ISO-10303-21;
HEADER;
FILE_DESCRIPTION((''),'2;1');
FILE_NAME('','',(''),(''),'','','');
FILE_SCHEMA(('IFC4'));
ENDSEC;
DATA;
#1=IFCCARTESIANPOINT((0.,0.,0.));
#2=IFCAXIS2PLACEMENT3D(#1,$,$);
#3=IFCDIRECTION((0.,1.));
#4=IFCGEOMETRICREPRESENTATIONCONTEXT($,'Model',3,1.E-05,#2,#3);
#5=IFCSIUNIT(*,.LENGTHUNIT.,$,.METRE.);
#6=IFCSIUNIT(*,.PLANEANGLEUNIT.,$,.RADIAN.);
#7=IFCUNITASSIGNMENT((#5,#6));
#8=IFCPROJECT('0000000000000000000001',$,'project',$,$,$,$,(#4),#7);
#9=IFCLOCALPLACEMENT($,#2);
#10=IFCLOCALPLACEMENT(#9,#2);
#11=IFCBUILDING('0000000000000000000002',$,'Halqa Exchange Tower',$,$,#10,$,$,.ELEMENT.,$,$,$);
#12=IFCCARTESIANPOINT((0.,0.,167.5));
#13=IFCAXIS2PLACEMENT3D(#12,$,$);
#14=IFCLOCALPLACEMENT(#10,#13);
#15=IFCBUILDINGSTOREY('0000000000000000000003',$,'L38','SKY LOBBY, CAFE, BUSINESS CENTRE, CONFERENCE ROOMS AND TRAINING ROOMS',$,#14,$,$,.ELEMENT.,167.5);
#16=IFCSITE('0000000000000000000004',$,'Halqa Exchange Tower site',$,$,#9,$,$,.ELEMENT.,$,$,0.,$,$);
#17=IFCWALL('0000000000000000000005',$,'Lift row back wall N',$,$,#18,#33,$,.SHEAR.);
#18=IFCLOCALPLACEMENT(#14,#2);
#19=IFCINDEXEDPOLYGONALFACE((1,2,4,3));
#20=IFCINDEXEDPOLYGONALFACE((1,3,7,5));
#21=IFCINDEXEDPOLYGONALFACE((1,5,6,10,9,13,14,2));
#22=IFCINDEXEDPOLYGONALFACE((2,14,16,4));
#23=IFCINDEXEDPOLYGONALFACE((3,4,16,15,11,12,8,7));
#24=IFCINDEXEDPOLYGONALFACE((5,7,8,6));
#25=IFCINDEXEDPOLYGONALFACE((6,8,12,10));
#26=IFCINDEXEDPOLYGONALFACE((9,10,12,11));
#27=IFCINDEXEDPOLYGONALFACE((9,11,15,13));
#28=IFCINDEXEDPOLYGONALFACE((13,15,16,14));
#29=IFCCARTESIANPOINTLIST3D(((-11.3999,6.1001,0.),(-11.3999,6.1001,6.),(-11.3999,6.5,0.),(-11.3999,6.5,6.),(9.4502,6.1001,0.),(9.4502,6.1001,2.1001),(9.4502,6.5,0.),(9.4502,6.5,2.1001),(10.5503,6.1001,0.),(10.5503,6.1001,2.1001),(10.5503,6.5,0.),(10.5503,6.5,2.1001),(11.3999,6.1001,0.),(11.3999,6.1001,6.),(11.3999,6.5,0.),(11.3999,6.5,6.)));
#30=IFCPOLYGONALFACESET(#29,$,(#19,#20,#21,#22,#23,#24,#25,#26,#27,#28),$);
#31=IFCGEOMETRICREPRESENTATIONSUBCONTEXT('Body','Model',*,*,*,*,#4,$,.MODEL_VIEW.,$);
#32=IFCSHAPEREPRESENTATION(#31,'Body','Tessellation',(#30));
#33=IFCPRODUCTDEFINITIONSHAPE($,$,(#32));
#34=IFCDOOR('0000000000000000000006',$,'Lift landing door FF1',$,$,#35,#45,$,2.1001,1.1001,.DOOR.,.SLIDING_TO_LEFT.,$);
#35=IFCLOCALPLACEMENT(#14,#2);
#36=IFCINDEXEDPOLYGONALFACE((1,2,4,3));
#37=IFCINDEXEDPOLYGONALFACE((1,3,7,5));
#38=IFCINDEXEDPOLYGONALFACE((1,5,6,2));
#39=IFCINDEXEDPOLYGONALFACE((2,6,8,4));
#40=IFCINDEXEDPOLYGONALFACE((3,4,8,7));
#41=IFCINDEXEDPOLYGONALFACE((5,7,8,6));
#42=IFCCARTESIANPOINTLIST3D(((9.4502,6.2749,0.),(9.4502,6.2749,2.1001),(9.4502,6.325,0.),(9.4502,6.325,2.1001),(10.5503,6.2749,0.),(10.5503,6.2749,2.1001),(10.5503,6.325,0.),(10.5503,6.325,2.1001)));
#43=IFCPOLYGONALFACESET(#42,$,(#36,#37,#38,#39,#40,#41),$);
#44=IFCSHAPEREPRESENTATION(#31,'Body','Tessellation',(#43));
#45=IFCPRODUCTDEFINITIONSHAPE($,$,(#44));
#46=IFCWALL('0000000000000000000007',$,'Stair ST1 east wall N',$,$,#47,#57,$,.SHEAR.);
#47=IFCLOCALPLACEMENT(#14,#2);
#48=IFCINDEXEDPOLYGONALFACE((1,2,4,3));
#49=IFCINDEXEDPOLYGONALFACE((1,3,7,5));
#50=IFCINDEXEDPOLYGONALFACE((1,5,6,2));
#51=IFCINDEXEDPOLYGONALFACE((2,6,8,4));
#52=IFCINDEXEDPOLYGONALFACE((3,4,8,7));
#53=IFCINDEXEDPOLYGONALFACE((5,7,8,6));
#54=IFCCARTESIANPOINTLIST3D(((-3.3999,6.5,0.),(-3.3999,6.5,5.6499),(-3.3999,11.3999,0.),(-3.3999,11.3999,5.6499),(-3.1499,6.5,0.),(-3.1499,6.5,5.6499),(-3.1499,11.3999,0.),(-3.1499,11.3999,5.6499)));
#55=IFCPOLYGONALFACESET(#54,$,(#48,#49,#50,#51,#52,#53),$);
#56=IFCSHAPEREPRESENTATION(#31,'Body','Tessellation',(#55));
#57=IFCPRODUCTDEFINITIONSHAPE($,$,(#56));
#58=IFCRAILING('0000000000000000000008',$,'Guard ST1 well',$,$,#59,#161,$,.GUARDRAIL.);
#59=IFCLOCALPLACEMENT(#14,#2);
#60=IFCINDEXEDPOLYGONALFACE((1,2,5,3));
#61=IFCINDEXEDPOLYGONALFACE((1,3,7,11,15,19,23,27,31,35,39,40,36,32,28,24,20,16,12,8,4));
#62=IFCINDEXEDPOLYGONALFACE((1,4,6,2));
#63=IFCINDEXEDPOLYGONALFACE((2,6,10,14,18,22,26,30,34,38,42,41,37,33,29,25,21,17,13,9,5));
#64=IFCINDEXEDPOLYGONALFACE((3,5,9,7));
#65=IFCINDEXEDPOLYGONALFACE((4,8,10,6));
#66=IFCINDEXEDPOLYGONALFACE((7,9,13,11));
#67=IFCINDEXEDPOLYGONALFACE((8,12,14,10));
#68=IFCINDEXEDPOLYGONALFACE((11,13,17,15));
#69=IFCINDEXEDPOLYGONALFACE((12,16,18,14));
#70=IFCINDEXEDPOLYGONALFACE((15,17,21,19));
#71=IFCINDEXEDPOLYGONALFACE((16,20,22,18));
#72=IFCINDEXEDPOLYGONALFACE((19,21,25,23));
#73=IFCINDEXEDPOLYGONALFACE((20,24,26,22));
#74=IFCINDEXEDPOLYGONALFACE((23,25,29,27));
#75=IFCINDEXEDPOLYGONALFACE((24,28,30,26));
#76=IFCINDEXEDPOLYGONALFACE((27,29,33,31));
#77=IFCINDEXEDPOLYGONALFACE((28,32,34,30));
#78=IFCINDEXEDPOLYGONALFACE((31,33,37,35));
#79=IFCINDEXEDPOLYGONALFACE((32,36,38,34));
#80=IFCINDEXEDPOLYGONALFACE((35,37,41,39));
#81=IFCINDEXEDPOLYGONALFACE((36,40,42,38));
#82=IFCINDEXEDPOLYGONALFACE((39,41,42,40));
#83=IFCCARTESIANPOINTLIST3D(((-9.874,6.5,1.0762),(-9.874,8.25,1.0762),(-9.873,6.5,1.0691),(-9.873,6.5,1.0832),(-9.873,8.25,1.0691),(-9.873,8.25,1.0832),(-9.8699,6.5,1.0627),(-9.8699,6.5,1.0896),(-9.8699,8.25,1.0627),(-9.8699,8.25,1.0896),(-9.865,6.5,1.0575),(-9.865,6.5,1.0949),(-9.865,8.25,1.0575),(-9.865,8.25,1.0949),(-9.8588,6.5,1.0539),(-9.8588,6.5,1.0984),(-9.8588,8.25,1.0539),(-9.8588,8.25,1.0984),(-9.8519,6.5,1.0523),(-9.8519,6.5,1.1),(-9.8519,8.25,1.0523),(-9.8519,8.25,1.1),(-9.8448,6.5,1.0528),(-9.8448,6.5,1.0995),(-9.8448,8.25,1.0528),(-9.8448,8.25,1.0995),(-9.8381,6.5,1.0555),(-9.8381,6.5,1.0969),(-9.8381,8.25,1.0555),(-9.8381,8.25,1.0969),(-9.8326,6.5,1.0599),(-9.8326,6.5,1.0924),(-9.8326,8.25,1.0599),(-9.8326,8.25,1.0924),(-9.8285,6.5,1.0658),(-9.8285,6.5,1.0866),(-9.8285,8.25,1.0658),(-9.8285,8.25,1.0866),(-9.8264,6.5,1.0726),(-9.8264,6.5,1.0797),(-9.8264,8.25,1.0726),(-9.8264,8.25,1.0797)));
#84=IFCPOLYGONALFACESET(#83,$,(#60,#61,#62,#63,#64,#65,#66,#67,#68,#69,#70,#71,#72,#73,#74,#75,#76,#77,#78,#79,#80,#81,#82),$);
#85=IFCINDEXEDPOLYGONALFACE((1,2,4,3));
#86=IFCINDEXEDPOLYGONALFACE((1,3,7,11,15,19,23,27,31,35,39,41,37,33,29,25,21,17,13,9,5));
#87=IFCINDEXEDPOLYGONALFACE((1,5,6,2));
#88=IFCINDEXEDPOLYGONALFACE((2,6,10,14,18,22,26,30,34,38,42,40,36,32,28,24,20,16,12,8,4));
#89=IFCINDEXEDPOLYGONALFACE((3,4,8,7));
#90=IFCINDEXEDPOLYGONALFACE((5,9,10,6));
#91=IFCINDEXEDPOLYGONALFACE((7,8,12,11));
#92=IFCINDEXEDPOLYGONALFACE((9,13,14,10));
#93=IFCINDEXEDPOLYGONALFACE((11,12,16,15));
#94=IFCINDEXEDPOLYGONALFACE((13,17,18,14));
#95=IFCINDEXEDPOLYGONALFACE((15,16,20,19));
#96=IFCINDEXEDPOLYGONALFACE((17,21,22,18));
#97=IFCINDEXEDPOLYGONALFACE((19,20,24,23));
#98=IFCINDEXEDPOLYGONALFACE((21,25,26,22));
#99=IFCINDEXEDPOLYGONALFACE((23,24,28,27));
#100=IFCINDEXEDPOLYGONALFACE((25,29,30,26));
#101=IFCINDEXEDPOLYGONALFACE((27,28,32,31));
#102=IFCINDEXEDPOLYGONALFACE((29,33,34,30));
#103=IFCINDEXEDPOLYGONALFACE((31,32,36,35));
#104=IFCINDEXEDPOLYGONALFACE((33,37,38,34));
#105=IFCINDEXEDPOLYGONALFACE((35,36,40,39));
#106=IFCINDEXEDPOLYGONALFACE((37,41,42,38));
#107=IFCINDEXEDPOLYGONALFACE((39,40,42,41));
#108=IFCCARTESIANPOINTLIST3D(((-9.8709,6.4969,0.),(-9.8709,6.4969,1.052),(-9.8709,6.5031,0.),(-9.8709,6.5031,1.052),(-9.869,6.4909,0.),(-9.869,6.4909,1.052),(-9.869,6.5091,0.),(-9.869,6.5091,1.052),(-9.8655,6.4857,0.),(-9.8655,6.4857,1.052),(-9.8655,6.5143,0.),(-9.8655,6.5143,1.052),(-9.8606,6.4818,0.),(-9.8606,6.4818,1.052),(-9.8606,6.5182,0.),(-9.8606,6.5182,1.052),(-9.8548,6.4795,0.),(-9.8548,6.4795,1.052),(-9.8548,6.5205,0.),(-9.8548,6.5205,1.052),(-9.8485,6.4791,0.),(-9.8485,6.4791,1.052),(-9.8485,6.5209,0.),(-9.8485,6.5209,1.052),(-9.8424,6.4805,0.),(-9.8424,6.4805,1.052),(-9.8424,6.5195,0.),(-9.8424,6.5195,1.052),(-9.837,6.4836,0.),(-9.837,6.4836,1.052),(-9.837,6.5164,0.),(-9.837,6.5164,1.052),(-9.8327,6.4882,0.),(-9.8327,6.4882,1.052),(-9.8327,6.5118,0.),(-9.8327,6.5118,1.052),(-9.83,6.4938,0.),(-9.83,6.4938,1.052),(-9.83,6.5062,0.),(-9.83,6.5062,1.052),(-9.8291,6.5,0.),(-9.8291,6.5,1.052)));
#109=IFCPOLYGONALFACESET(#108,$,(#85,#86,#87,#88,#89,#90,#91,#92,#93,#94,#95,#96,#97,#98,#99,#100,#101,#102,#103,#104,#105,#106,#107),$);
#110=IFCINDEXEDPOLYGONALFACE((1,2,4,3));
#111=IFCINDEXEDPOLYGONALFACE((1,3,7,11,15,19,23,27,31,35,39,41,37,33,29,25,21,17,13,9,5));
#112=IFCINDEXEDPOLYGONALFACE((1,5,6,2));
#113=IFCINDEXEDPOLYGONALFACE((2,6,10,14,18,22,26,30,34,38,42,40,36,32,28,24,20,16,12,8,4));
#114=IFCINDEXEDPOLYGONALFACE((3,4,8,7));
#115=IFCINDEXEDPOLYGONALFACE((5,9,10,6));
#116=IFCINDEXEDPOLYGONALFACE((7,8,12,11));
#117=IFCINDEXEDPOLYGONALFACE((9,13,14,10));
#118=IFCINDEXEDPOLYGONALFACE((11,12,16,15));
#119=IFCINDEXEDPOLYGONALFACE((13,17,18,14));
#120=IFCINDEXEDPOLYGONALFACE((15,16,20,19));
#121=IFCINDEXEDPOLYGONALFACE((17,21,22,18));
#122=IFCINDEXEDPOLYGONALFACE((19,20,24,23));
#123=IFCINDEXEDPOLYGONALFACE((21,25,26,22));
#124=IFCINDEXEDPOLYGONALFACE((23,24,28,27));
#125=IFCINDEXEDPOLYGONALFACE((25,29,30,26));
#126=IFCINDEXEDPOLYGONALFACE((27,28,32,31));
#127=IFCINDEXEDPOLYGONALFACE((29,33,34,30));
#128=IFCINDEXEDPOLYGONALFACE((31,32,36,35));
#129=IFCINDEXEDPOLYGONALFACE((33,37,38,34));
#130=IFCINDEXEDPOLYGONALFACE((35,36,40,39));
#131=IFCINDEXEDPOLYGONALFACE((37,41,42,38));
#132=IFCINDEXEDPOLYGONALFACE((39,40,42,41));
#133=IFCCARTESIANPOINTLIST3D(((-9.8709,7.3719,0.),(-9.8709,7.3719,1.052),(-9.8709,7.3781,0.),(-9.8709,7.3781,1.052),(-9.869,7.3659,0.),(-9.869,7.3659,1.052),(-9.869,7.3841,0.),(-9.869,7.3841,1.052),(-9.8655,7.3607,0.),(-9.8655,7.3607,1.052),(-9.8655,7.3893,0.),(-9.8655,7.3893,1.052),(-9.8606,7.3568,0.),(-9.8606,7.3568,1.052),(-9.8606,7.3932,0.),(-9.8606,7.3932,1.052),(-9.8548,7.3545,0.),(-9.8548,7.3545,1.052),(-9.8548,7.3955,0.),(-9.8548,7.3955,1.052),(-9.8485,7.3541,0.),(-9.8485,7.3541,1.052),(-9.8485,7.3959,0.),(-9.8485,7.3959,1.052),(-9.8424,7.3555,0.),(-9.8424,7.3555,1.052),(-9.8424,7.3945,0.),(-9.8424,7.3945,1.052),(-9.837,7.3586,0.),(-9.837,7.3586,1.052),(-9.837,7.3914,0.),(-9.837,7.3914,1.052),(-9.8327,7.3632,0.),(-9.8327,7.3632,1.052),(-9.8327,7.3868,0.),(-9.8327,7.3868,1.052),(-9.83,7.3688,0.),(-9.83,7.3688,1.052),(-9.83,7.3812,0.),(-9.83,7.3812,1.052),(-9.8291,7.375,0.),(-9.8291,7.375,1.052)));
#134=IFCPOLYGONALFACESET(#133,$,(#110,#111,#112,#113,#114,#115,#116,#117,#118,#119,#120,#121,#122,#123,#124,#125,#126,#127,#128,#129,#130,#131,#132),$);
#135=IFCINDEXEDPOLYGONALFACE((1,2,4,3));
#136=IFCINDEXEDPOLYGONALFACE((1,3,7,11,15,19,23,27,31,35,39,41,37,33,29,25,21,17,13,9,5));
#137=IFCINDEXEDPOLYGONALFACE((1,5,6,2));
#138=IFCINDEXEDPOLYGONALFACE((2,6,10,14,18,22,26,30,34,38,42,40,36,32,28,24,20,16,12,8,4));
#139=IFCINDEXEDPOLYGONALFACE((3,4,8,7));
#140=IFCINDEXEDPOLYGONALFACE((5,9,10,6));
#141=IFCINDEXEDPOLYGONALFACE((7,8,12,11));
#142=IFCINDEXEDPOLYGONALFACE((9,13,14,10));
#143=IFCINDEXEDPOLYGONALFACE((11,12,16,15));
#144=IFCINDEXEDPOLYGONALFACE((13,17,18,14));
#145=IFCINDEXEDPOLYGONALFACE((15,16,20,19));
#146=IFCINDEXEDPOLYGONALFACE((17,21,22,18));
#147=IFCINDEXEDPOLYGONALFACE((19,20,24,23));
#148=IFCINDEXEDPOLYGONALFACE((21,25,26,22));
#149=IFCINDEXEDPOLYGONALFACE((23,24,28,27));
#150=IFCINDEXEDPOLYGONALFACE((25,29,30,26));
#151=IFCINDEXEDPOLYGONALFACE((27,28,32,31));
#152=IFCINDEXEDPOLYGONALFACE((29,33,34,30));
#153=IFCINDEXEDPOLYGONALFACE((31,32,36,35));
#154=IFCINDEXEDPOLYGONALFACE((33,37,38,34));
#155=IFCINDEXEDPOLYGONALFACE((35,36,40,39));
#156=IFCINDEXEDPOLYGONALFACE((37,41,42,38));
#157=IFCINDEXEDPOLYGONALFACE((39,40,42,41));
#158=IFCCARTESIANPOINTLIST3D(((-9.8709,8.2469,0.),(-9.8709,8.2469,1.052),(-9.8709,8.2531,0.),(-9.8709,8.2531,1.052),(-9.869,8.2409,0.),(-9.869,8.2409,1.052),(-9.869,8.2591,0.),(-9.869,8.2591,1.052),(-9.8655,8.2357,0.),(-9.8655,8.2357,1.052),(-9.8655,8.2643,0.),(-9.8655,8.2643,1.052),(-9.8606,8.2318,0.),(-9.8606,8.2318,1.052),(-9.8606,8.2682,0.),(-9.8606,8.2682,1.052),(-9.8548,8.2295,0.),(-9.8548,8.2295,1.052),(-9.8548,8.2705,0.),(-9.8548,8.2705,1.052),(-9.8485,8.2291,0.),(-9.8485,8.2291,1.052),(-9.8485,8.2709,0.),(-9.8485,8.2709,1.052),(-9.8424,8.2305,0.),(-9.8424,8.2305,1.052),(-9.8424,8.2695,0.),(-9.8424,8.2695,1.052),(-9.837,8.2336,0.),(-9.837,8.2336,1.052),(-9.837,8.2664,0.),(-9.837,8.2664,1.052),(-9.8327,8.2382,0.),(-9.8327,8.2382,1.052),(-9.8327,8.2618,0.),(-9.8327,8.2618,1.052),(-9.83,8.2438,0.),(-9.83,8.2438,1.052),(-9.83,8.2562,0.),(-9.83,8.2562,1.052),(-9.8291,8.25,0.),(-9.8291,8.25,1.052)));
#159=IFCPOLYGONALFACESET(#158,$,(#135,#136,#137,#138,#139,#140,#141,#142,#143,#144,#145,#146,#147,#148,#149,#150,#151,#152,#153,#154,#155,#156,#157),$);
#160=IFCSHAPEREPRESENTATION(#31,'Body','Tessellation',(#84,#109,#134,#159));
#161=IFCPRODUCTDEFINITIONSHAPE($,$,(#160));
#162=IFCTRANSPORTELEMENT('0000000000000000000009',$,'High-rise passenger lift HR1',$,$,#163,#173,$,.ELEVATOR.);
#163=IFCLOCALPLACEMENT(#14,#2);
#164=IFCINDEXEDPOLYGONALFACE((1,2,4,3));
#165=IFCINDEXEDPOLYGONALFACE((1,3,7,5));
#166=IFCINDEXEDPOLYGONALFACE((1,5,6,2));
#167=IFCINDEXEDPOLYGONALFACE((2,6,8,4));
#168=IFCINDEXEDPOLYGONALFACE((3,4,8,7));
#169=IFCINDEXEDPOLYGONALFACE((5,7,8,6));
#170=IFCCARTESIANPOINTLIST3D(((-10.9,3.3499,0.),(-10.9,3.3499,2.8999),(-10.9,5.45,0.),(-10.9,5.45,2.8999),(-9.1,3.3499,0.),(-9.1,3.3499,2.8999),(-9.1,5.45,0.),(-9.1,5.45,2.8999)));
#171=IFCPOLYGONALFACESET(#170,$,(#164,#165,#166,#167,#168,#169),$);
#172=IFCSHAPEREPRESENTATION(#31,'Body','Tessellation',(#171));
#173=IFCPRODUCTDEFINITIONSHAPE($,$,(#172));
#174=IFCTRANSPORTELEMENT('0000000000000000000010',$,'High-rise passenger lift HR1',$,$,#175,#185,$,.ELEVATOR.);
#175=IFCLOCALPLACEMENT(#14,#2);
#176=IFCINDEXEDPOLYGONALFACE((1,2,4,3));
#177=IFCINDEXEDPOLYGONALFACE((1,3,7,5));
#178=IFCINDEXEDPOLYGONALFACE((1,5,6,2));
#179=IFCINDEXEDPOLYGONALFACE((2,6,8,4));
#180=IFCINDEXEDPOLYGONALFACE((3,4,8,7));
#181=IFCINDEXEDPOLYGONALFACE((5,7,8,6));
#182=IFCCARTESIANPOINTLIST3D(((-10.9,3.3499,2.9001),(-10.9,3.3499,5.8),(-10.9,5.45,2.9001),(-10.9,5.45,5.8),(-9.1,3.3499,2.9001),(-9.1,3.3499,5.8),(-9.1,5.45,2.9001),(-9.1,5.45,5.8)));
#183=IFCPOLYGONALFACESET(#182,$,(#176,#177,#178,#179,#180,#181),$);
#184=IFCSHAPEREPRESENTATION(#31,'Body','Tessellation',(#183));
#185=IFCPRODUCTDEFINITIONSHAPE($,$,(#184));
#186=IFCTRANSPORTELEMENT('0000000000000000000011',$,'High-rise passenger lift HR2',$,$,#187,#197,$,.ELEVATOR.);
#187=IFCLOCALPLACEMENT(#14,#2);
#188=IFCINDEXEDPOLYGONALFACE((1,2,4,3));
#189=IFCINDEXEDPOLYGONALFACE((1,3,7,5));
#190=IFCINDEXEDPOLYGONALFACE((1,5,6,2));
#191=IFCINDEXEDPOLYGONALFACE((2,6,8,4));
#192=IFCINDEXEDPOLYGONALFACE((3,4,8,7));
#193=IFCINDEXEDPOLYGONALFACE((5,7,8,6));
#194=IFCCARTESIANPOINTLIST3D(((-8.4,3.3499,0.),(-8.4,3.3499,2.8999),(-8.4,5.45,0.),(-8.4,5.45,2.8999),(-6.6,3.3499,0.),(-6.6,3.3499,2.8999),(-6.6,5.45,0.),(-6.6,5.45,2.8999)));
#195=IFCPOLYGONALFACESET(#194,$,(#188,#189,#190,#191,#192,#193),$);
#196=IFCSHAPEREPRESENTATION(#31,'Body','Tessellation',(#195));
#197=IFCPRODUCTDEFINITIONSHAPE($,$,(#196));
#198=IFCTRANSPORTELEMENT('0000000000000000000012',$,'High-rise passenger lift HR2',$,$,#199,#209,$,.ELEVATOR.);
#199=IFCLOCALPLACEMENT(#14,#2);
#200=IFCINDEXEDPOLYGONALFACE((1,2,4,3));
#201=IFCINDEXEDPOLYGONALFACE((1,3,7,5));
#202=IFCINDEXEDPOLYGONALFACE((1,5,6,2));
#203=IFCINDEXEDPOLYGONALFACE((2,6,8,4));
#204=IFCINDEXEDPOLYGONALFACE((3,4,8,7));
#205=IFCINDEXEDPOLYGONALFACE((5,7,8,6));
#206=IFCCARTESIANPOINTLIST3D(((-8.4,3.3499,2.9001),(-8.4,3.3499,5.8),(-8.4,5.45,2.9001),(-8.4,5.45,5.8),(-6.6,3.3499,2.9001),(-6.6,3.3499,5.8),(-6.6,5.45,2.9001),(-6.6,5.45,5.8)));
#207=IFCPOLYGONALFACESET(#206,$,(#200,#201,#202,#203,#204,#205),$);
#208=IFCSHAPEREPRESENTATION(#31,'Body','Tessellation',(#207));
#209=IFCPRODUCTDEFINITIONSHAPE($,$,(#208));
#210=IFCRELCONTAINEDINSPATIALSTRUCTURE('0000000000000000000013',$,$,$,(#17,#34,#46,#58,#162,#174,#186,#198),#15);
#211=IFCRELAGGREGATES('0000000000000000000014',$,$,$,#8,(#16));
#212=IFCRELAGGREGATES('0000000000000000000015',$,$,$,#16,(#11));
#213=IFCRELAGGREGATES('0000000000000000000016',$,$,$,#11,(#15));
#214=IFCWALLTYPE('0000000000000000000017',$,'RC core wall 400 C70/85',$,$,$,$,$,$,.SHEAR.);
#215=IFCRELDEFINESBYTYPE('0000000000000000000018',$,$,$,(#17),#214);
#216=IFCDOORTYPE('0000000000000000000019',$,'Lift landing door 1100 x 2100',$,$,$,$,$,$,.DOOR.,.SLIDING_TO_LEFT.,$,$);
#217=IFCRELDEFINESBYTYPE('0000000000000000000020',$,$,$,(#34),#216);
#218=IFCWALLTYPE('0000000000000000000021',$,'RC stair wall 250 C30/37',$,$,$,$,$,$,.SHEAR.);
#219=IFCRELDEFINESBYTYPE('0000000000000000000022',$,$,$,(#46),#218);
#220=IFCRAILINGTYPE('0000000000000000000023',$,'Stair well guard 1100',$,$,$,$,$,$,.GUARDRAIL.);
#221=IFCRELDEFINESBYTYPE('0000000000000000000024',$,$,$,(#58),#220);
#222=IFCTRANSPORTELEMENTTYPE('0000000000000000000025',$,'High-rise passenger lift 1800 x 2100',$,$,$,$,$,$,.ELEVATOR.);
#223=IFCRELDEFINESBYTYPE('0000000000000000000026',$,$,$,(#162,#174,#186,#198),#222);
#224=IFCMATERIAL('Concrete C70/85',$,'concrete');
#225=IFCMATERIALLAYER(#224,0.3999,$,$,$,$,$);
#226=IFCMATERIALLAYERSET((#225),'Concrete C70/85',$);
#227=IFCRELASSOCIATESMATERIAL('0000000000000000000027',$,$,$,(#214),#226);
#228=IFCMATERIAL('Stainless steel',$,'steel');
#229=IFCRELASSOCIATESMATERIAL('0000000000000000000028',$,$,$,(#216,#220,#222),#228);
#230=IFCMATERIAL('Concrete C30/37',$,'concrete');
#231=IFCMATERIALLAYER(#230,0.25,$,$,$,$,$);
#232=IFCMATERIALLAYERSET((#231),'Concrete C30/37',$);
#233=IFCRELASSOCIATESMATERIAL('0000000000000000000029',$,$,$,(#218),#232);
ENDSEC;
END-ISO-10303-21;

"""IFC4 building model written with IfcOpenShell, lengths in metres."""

from ifc_helpers import new_model, si_unit, direction, frame, frame_2d, origin, origin_2d, place, context, subcontext, project, spatial, rectangle, circle, extrude, material, layer, layer_set, type_object, element, fill, save


model = new_model("IFC4")

# Units and contexts
model_context = context("Model", 3, precision=1e-05, world=origin(), true_north=direction((0.0, 1.0)))
body_context = subcontext(model_context, "Body", "Model", "MODEL_VIEW")
ifc_project = project(units=[si_unit("LENGTHUNIT", "METRE"), si_unit("PLANEANGLEUNIT", "RADIAN")], contexts=[model_context])

# Site, building, storey
site_placement = place(None, origin())
site = spatial("IfcSite", under=ifc_project, at=site_placement, Name="Halqa Exchange Tower site", CompositionType="ELEMENT", RefElevation=0.0)
building_placement = place(site_placement, origin())
building = spatial("IfcBuilding", under=site, at=building_placement, Name="Halqa Exchange Tower", CompositionType="ELEMENT")
storey_placement = place(building_placement, frame((0.0, 0.0, 167.5)))
storey = spatial("IfcBuildingStorey", under=building, at=storey_placement, Name="L38", Description="SKY LOBBY, CAFE, BUSINESS CENTRE, CONFERENCE ROOMS AND TRAINING ROOMS", CompositionType="ELEMENT", Elevation=167.5)

# Shared definitions
ifc_material_1 = material(Name="Concrete C70/85", Category="concrete")
ifc_layer_1 = layer(ifc_material_1, 0.3999)
ifc_layer_set_1 = layer_set([ifc_layer_1], Name="Concrete C70/85")
wall_type_1 = type_object("IfcWallType", Name="RC core wall 400 C70/85", PredefinedType="SHEAR", material=ifc_layer_set_1)
ifc_material_2 = material(Name="Stainless steel", Category="steel")
door_type = type_object("IfcDoorType", Name="Lift landing door 1100 x 2100", OperationType="SLIDING_TO_LEFT", PredefinedType="DOOR", material=ifc_material_2)

# Wall, opening, door
wall_1_placement = place(storey_placement, frame((-11.3999, 6.3, 0.0), z_axis=(0.0, 0.0, 1.0), x_axis=(1.0, 0.0, 0.0)))
wall_1 = element("IfcWall", 1, at=wall_1_placement, inside=storey, type_object=wall_type_1, Name="Lift row back wall N", PredefinedType="SHEAR", context=body_context, shape_type="SweptSolid", body=[
    extrude(rectangle(XDim=22.7998, YDim=0.3999, at=frame_2d((11.3999, 0.0))), origin(), (0.0, 0.0, 1.0), 6.0),
])
opening_1_placement = place(wall_1_placement, frame((20.8501, 0.0, 0.0)))
opening_1 = element("IfcOpeningElement", 2, at=opening_1_placement, cuts=wall_1, PredefinedType="OPENING", context=body_context, shape_type="SweptSolid", body=[
    extrude(rectangle(XDim=1.1001, YDim=2.1001, at=frame_2d((0.55, 1.05))), frame((0.0, 0.2119, 0.0), z_axis=(0.0, -1.0, 0.0), x_axis=(1.0, 0.0, 0.0)), (0.0, 0.0, 1.0), 0.4238),
])
door_1_placement = place(opening_1_placement, origin())
door_1 = element("IfcDoor", 3, at=door_1_placement, inside=storey, type_object=door_type, Name="Lift landing door FF1", OperationType="SLIDING_TO_LEFT", OverallHeight=2.1001, OverallWidth=1.1001, PredefinedType="DOOR", context=body_context, shape_type="SweptSolid", body=[
    extrude(rectangle(XDim=1.1001, YDim=2.1001, at=frame_2d((0.55, 1.05))), frame((0.0, 0.0249, 0.0), z_axis=(0.0, -1.0, 0.0), x_axis=(1.0, 0.0, 0.0)), (0.0, 0.0, 1.0), 0.05),
])
fill(opening_1, door_1)

# Wall
ifc_material_3 = material(Name="Concrete C30/37", Category="concrete")
ifc_layer_2 = layer(ifc_material_3, 0.25)
ifc_layer_set_2 = layer_set([ifc_layer_2], Name="Concrete C30/37")
wall_type_2 = type_object("IfcWallType", Name="RC stair wall 250 C30/37", PredefinedType="SHEAR", material=ifc_layer_set_2)
wall_2_placement = place(storey_placement, frame((-3.2749, 6.5, 0.0), z_axis=(0.0, 0.0, 1.0), x_axis=(0.0, 1.0, 0.0)))
element("IfcWall", 4, at=wall_2_placement, inside=storey, type_object=wall_type_2, Name="Stair ST1 east wall N", PredefinedType="SHEAR", context=body_context, shape_type="SweptSolid", body=[
    extrude(rectangle(XDim=4.8999, YDim=0.25, at=frame_2d((2.45, 0.0))), origin(), (0.0, 0.0, 1.0), 5.6499),
])

# Railing
railing_type = type_object("IfcRailingType", Name="Stair well guard 1100", PredefinedType="GUARDRAIL", material=ifc_material_2)
railing_placement = place(storey_placement, frame((-9.8501, 6.5, 0.0)))
element("IfcRailing", 5, at=railing_placement, inside=storey, type_object=railing_type, Name="Guard ST1 well", PredefinedType="GUARDRAIL", context=body_context, shape_type="SweptSolid", body=[
    extrude(circle(Radius=0.0239, at=origin_2d()), frame((0.0, 0.0, 1.0762), z_axis=(0.0, 1.0, 0.0), x_axis=(-1.0, 0.0, 0.0)), (0.0, 0.0, 1.0), 1.75),
    extrude(circle(Radius=0.021, at=origin_2d()), origin(), (0.0, 0.0, 1.0), 1.052),
    extrude(circle(Radius=0.021, at=origin_2d()), frame((0.0, 0.875, 0.0)), (0.0, 0.0, 1.0), 1.052),
    extrude(circle(Radius=0.021, at=origin_2d()), frame((0.0, 1.75, 0.0)), (0.0, 0.0, 1.0), 1.052),
])

# Transport elements
transport_element_type_1 = type_object("IfcTransportElementType", Name="High-rise passenger lift 1800 x 2100", PredefinedType="ELEVATOR", material=ifc_material_2)
for number, where, z_axis, x_axis, name in (
    (6, (-10.0, 4.3999, 0.0), (0.0, 0.0, 1.0), (1.0, 0.0, 0.0), "High-rise passenger lift HR1"),
    (7, (-10.0, 4.3999, 2.9001), (0.0, 0.0, 1.0), (1.0, 0.0, 0.0), "High-rise passenger lift HR1"),
    (8, (-7.5, 4.3999, 0.0), (0.0, 0.0, 1.0), (1.0, 0.0, 0.0), "High-rise passenger lift HR2"),
    (9, (-7.5, 4.3999, 2.9001), (0.0, 0.0, 1.0), (1.0, 0.0, 0.0), "High-rise passenger lift HR2"),
):
    element("IfcTransportElement", number, at=place(storey_placement, frame(where, z_axis=z_axis, x_axis=x_axis)), inside=storey, type_object=transport_element_type_1, Name=name, PredefinedType="ELEVATOR", context=body_context, shape_type="SweptSolid", body=[
        extrude(rectangle(XDim=1.8, YDim=2.1001, at=origin_2d()), origin(), (0.0, 0.0, 1.0), 2.8999),
    ])

save(model, "model.ifc")
